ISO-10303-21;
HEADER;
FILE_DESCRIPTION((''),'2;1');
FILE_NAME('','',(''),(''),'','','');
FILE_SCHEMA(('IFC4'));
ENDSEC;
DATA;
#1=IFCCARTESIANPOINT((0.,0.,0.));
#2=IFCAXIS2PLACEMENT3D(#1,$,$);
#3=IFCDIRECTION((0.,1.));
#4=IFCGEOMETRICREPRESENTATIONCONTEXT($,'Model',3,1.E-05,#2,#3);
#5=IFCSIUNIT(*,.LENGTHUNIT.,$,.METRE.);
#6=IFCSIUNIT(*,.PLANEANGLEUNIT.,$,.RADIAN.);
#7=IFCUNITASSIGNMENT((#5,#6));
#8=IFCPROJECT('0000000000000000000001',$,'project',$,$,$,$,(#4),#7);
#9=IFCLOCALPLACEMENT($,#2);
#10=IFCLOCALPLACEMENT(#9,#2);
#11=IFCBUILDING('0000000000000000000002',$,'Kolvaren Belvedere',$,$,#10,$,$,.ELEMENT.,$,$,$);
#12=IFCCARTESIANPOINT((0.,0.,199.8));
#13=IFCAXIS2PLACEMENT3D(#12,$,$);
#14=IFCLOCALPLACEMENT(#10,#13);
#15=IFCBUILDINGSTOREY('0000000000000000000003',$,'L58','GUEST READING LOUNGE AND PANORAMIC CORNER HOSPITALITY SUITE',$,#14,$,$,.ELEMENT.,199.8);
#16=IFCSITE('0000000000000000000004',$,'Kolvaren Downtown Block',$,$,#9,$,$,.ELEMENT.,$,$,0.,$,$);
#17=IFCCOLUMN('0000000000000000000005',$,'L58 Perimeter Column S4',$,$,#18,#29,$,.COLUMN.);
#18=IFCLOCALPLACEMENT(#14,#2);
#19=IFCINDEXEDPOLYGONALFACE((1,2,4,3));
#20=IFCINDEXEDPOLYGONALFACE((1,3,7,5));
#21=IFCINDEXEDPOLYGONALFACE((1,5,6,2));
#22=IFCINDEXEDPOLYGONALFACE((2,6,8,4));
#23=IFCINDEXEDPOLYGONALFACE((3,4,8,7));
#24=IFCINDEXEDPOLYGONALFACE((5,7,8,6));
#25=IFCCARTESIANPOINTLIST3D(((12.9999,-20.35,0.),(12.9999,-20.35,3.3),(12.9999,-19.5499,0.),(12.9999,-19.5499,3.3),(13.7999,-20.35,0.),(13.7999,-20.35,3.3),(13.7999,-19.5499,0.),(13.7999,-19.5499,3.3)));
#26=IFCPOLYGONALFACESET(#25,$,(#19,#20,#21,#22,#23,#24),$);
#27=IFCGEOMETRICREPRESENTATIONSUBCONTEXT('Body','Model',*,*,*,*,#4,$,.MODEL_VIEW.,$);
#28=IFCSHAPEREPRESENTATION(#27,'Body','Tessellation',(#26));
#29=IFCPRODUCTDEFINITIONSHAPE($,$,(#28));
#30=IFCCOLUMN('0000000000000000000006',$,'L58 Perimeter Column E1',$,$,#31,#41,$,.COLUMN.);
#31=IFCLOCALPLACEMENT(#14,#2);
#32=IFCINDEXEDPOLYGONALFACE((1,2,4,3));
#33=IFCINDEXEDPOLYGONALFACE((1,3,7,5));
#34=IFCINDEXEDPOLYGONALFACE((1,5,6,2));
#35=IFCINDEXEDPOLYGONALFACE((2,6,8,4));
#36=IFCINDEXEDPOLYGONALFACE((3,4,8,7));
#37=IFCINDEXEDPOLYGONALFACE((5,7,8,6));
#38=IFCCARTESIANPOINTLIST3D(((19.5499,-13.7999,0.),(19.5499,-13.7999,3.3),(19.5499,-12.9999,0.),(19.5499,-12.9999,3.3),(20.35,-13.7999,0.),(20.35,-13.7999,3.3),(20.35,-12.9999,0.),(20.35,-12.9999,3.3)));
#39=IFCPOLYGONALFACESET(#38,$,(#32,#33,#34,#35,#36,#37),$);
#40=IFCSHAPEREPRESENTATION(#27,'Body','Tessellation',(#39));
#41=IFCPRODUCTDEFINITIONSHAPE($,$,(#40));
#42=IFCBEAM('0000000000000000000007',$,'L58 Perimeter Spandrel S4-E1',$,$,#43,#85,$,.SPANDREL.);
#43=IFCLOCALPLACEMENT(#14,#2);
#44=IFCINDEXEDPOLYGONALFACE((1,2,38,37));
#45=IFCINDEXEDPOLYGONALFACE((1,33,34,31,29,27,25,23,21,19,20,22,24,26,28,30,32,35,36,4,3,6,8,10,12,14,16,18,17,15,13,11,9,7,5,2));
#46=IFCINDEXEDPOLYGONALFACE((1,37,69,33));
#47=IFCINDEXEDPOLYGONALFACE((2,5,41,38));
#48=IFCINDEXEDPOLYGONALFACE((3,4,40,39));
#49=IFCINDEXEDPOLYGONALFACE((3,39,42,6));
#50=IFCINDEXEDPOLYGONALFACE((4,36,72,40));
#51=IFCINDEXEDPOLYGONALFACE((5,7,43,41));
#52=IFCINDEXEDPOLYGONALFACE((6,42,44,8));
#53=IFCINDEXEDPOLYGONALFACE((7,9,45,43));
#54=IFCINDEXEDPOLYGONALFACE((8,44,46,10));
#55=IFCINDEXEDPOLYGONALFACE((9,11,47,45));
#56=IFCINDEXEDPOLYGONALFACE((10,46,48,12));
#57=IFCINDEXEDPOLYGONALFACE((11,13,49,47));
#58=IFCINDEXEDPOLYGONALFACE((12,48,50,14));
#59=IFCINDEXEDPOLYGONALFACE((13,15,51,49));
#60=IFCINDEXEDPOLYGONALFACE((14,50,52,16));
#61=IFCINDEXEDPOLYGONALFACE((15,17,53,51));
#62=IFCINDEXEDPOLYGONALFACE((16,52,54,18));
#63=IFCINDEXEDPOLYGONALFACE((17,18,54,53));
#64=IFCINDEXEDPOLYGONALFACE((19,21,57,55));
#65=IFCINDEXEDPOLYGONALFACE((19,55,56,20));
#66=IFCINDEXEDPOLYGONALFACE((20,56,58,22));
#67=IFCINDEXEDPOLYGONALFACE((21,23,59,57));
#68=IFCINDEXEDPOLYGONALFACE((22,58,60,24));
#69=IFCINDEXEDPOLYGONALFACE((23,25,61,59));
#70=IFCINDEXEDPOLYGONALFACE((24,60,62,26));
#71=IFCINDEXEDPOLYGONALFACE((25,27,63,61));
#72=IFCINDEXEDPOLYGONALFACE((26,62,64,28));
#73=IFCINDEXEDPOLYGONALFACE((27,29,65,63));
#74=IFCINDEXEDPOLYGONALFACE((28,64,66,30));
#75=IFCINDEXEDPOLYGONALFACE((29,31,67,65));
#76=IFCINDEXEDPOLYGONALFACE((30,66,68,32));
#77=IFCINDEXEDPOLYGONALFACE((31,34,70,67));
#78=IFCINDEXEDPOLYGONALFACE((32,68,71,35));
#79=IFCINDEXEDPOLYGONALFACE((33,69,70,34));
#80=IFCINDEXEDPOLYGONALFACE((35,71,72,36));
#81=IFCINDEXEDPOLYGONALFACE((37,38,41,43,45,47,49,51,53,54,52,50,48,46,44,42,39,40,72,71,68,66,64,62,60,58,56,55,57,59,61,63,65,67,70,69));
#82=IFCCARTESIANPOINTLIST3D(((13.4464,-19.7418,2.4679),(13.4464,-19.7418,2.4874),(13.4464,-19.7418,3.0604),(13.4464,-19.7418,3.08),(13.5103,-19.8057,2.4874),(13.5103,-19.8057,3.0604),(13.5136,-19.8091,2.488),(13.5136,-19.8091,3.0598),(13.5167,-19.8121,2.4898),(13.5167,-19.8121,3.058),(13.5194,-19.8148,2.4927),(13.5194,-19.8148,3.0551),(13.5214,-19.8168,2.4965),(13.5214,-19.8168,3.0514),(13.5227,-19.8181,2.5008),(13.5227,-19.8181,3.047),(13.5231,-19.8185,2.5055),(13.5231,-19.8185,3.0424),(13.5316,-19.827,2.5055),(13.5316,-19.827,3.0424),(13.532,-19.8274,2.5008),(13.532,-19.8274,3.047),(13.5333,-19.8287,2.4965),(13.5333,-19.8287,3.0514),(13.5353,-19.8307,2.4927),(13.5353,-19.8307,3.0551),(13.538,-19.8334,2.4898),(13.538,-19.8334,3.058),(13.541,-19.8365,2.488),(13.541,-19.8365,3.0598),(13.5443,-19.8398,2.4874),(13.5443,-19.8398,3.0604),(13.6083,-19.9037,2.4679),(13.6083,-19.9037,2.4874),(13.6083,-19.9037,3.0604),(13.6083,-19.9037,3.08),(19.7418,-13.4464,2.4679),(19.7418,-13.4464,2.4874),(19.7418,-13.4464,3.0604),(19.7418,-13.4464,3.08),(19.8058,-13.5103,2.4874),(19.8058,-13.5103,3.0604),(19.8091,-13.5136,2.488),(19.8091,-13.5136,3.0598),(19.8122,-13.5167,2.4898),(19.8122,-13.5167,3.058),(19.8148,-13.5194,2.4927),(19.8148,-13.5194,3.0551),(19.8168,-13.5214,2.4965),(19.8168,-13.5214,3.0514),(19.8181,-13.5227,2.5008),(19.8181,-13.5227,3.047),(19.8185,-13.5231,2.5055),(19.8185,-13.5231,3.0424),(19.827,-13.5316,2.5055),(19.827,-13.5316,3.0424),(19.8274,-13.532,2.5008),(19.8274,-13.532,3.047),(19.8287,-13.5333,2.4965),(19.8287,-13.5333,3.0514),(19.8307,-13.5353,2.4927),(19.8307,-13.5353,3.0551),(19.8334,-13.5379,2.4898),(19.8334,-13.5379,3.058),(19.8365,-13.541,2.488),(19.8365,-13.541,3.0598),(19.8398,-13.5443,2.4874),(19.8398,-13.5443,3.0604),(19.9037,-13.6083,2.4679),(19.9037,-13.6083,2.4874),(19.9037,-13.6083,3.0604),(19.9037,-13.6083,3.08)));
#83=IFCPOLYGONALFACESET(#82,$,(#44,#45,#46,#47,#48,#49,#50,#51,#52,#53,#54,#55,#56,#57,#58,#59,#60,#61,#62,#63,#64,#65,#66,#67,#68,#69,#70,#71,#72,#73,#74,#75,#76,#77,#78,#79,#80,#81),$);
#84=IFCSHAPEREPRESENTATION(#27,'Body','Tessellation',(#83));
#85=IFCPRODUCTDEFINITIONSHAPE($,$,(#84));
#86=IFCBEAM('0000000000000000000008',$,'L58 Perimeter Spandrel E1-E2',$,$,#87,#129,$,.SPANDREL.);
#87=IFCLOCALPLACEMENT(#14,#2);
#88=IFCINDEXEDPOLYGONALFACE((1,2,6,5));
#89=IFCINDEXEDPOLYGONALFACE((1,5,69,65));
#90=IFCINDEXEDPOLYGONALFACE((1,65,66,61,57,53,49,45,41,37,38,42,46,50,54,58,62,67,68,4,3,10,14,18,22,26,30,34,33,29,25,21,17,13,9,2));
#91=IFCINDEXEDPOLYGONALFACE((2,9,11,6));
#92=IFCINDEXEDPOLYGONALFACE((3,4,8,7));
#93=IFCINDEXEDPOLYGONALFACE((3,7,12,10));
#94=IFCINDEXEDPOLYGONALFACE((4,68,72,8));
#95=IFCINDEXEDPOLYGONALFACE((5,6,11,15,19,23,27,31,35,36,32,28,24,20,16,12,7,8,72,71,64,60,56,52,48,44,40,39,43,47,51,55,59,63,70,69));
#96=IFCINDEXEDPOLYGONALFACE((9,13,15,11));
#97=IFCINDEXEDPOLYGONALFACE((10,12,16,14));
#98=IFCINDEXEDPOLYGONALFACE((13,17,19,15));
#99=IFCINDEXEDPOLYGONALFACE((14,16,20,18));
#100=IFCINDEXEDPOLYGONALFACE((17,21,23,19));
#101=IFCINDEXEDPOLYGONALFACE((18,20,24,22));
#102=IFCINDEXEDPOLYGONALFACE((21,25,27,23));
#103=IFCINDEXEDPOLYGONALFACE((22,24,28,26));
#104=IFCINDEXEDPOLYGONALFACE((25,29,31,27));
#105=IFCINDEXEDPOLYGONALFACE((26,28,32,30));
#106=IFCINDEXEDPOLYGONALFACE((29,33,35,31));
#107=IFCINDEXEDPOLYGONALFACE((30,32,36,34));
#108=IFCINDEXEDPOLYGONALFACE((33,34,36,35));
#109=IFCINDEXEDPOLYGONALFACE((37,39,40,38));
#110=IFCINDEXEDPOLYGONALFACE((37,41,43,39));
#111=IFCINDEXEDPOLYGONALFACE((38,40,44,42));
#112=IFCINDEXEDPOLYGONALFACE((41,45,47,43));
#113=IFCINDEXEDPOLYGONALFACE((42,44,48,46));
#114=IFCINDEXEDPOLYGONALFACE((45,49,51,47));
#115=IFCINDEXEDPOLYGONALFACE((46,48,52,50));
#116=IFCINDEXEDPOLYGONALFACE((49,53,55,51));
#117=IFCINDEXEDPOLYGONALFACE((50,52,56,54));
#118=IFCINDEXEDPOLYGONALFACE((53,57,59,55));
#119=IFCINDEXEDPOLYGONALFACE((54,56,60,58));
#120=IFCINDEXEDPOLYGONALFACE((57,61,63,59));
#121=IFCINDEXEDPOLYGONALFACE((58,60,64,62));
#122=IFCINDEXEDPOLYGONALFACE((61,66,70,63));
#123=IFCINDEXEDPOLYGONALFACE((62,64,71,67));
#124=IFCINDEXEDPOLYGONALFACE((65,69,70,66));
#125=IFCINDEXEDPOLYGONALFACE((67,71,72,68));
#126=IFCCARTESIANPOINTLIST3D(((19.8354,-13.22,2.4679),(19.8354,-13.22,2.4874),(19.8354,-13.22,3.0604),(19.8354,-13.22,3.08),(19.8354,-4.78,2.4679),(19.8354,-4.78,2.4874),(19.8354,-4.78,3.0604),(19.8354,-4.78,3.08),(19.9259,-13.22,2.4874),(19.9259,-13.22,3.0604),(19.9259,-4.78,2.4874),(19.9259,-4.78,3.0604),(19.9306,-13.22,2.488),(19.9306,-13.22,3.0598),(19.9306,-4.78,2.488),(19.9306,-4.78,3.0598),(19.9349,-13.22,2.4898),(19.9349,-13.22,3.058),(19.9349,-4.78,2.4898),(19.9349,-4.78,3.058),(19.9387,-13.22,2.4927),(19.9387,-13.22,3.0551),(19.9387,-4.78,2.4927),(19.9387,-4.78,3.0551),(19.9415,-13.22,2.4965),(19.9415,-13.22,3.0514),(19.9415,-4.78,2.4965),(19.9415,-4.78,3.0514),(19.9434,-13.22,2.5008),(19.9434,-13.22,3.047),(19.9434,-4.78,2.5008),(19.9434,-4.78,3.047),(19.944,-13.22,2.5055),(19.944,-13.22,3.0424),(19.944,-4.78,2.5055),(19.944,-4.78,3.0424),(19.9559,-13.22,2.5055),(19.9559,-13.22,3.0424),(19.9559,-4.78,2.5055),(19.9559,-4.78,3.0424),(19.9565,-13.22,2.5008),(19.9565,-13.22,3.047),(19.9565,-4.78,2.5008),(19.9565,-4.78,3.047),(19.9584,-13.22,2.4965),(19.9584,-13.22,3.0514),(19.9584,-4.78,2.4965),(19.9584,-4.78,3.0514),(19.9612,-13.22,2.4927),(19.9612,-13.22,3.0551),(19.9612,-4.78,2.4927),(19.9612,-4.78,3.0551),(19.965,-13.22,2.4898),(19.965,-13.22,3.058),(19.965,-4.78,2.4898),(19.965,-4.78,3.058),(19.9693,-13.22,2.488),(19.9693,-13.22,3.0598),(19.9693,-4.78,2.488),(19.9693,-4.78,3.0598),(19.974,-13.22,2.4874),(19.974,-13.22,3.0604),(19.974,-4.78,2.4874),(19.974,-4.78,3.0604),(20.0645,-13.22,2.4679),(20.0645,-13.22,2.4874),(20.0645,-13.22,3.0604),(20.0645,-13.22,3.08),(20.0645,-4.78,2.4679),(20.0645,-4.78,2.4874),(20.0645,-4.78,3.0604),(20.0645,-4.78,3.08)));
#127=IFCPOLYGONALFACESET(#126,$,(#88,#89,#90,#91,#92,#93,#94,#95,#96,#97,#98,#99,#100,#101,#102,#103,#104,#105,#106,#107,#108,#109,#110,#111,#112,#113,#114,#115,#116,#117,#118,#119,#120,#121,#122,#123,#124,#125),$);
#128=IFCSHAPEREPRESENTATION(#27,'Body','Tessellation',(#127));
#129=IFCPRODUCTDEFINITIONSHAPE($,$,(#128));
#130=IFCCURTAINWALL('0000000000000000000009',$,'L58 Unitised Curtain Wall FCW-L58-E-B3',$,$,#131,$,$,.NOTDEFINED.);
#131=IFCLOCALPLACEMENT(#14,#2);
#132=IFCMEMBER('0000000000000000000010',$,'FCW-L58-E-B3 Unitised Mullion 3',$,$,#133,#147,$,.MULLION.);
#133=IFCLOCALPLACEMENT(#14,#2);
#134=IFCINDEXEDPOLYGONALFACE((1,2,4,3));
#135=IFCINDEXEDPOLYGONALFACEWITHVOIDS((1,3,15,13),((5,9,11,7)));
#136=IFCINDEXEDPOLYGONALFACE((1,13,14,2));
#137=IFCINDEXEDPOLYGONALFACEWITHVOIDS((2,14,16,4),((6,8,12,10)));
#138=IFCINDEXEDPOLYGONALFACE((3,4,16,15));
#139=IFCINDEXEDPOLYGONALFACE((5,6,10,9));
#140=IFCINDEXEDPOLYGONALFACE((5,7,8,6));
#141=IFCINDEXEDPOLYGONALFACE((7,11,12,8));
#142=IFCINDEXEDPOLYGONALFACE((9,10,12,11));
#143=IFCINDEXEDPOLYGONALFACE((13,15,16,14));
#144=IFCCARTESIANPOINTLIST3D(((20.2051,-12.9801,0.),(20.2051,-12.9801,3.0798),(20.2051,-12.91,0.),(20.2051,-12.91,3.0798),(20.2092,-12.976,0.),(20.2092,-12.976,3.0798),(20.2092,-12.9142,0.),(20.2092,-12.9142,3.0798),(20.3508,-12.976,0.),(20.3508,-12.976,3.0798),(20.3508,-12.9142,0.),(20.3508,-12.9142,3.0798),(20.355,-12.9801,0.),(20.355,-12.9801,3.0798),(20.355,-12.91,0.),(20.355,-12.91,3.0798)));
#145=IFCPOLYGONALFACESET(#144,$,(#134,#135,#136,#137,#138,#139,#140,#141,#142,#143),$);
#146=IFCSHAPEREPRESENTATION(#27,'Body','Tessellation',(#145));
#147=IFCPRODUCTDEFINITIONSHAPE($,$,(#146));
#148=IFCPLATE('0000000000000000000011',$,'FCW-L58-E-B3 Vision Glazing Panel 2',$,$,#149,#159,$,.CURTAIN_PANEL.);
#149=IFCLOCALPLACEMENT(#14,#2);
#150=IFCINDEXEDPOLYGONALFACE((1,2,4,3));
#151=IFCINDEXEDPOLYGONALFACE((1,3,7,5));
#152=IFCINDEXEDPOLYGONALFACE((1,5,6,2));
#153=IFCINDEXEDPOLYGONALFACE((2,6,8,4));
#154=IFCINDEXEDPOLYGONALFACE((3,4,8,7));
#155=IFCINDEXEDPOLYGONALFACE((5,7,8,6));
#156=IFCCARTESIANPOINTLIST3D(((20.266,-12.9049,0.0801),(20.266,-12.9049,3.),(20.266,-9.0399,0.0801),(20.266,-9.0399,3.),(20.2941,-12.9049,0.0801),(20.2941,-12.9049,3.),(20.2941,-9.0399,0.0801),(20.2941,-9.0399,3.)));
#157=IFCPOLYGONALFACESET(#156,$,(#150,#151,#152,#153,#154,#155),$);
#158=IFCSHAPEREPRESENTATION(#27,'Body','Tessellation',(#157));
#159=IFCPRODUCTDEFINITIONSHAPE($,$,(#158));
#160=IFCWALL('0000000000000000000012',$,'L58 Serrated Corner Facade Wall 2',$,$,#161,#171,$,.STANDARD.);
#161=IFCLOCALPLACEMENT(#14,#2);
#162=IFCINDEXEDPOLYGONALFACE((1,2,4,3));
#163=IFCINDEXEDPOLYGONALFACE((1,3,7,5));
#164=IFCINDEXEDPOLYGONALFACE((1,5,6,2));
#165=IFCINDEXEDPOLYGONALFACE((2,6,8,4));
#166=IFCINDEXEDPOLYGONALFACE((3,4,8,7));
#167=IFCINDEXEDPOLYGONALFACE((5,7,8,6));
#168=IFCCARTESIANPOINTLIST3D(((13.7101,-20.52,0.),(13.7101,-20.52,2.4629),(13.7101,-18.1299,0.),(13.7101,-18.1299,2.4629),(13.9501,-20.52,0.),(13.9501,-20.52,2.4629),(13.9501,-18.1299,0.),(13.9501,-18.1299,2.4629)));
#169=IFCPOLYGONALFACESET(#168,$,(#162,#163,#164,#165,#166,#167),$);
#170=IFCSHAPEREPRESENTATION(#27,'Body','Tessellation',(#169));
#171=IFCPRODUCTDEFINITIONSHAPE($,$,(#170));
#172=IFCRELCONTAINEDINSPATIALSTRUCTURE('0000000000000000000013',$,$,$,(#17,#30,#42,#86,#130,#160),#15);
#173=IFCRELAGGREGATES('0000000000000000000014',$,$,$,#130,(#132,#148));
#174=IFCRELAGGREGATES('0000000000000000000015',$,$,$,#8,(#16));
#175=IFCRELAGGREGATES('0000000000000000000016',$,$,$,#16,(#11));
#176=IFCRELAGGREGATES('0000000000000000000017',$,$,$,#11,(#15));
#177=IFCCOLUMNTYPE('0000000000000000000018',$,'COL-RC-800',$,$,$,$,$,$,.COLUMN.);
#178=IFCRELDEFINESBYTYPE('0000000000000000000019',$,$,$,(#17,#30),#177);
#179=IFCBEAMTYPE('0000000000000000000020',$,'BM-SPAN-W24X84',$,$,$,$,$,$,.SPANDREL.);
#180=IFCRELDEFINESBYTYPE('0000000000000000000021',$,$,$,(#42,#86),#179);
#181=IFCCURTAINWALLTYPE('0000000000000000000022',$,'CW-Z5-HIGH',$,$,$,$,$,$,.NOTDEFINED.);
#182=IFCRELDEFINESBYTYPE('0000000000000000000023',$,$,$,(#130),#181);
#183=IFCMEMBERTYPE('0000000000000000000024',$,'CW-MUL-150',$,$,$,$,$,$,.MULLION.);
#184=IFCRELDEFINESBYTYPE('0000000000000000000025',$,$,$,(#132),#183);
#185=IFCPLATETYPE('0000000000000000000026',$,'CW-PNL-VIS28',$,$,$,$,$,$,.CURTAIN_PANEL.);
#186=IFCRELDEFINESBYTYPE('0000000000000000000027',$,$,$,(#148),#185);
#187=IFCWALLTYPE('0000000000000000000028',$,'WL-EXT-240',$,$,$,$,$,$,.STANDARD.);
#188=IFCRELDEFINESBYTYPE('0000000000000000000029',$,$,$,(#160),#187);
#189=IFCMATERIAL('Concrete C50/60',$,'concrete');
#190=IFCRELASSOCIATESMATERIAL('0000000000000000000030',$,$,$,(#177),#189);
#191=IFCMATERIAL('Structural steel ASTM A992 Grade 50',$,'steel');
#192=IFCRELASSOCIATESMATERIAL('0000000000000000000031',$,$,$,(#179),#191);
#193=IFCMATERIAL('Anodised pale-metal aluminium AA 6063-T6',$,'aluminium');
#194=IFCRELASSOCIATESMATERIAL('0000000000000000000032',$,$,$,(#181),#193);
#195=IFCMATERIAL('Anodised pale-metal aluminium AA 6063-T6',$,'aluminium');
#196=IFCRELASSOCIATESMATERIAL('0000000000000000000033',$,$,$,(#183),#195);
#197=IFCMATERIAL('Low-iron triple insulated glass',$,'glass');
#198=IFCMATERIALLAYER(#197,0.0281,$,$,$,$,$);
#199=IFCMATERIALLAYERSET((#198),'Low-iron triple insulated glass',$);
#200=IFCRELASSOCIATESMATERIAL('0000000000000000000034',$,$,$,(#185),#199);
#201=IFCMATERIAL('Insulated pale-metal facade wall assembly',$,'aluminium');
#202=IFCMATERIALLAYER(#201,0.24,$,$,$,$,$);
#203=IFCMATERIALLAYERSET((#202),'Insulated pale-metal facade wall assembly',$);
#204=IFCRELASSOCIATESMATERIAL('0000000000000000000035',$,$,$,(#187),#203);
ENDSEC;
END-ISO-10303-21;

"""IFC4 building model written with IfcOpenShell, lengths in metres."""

from ifc_helpers import new_model, si_unit, direction, frame, frame_2d, origin, origin_2d, place, context, subcontext, project, spatial, rectangle, hollow_rectangle, i_section, extrude, material, layer, layer_set, material_profile, profile_set, type_object, element, aggregate, save


model = new_model("IFC4")

# Units and contexts
model_context = context("Model", 3, precision=1e-05, world=origin(), true_north=direction((0.0, 1.0)))
body_context = subcontext(model_context, "Body", "Model", "MODEL_VIEW")
ifc_project = project(units=[si_unit("LENGTHUNIT", "METRE"), si_unit("PLANEANGLEUNIT", "RADIAN")], contexts=[model_context])

# Site, building, storey
site_placement = place(None, origin())
site = spatial("IfcSite", under=ifc_project, at=site_placement, Name="Kolvaren Downtown Block", CompositionType="ELEMENT", RefElevation=0.0)
building_placement = place(site_placement, origin())
building = spatial("IfcBuilding", under=site, at=building_placement, Name="Kolvaren Belvedere", CompositionType="ELEMENT")
storey_placement = place(building_placement, frame((0.0, 0.0, 199.8)))
storey = spatial("IfcBuildingStorey", under=building, at=storey_placement, Name="L58", Description="GUEST READING LOUNGE AND PANORAMIC CORNER HOSPITALITY SUITE", CompositionType="ELEMENT", Elevation=199.8)

# Columns
ifc_material_1 = material(Name="Concrete C50/60", Category="concrete")
ifc_material_profile_1 = material_profile(ifc_material_1, rectangle(XDim=0.8, YDim=0.8, at=origin_2d()), Name="RC 800X800")
ifc_profile_set_1 = profile_set([ifc_material_profile_1], Name="Concrete C50/60")
column_type = type_object("IfcColumnType", Name="COL-RC-800", PredefinedType="COLUMN", material=ifc_profile_set_1)
for number, where, z_axis, x_axis, name in (
    (1, (13.3999, -19.95, 0.0), (0.0, 0.0, 1.0), (1.0, 0.0, 0.0), "L58 Perimeter Column S4"),
    (2, (19.95, -13.3999, 0.0), (0.0, 0.0, 1.0), (1.0, 0.0, 0.0), "L58 Perimeter Column E1"),
):
    element("IfcColumn", number, at=place(storey_placement, frame(where, z_axis=z_axis, x_axis=x_axis)), inside=storey, type_object=column_type, Name=name, PredefinedType="COLUMN", context=body_context, shape_type="SweptSolid", body=[
        extrude(rectangle(XDim=0.8, YDim=0.8, at=origin_2d()), origin(), (0.0, 0.0, 1.0), 3.3),
    ])

# Beams
ifc_material_2 = material(Name="Structural steel ASTM A992 Grade 50", Category="steel")
ifc_material_profile_2 = material_profile(ifc_material_2, i_section(OverallWidth=0.229, OverallDepth=0.6121, WebThickness=0.012, FlangeThickness=0.0195, FilletRadius=0.0181, at=origin_2d()), Name="W24X84")
ifc_profile_set_2 = profile_set([ifc_material_profile_2], Name="Structural steel ASTM A992 Grade 50")
beam_type = type_object("IfcBeamType", Name="BM-SPAN-W24X84", PredefinedType="SPANDREL", material=ifc_profile_set_2)
beam_1_placement = place(storey_placement, frame((13.5273, -19.8228, 2.7739), z_axis=(0.707107, 0.707107, 0.0), x_axis=(-0.707107, 0.707107, 0.0)))
element("IfcBeam", 3, at=beam_1_placement, inside=storey, type_object=beam_type, Name="L58 Perimeter Spandrel S4-E1", PredefinedType="SPANDREL", context=body_context, shape_type="SweptSolid", body=[
    extrude(i_section(OverallWidth=0.229, OverallDepth=0.6121, WebThickness=0.012, FlangeThickness=0.0195, FilletRadius=0.0181, at=origin_2d()), origin(), (0.0, 0.0, 1.0), 8.9031),
])
beam_2_placement = place(storey_placement, frame((19.95, -13.22, 2.7739), z_axis=(0.0, 1.0, 0.0), x_axis=(-1.0, 0.0, 0.0)))
element("IfcBeam", 4, at=beam_2_placement, inside=storey, type_object=beam_type, Name="L58 Perimeter Spandrel E1-E2", PredefinedType="SPANDREL", context=body_context, shape_type="SweptSolid", body=[
    extrude(i_section(OverallWidth=0.229, OverallDepth=0.6121, WebThickness=0.012, FlangeThickness=0.0195, FilletRadius=0.0181, at=origin_2d()), origin(), (0.0, 0.0, 1.0), 8.4399),
])

# Curtain wall, member, plate
ifc_material_3 = material(Name="Anodised pale-metal aluminium AA 6063-T6", Category="aluminium")
curtain_wall_type = type_object("IfcCurtainWallType", Name="CW-Z5-HIGH", PredefinedType="NOTDEFINED", material=ifc_material_3)
curtain_wall_placement = place(storey_placement, origin())
curtain_wall = element("IfcCurtainWall", 5, at=curtain_wall_placement, inside=storey, type_object=curtain_wall_type, Name="L58 Unitised Curtain Wall FCW-L58-E-B3", PredefinedType="NOTDEFINED")
ifc_material_4 = material(Name="Anodised pale-metal aluminium AA 6063-T6", Category="aluminium")
ifc_material_profile_3 = material_profile(ifc_material_4, hollow_rectangle(XDim=0.0701, YDim=0.1499, WallThickness=0.0042, at=origin_2d()), Name="ALU-MUL-150X70")
ifc_profile_set_3 = profile_set([ifc_material_profile_3], Name="Anodised pale-metal aluminium AA 6063-T6")
member_type = type_object("IfcMemberType", Name="CW-MUL-150", PredefinedType="MULLION", material=ifc_profile_set_3)
member_placement = place(storey_placement, frame((20.28, -12.9451, 0.0), z_axis=(0.0, 0.0, 1.0), x_axis=(0.0, 1.0, 0.0)))
member = element("IfcMember", 6, at=member_placement, type_object=member_type, Name="FCW-L58-E-B3 Unitised Mullion 3", PredefinedType="MULLION", context=body_context, shape_type="SweptSolid", body=[
    extrude(hollow_rectangle(XDim=0.0701, YDim=0.1499, WallThickness=0.0042, at=origin_2d()), origin(), (0.0, 0.0, 1.0), 3.0798),
])
ifc_material_5 = material(Name="Low-iron triple insulated glass", Category="glass")
ifc_layer_1 = layer(ifc_material_5, 0.0281)
ifc_layer_set_1 = layer_set([ifc_layer_1], Name="Low-iron triple insulated glass")
plate_type = type_object("IfcPlateType", Name="CW-PNL-VIS28", PredefinedType="CURTAIN_PANEL", material=ifc_layer_set_1)
plate_placement = place(storey_placement, frame((20.28, -10.9724, 0.0801), z_axis=(0.0, 0.0, 1.0), x_axis=(0.0, -1.0, 0.0)))
plate = element("IfcPlate", 7, at=plate_placement, type_object=plate_type, Name="FCW-L58-E-B3 Vision Glazing Panel 2", PredefinedType="CURTAIN_PANEL", context=body_context, shape_type="SweptSolid", body=[
    extrude(rectangle(XDim=3.865, YDim=0.0281, at=origin_2d()), origin(), (0.0, 0.0, 1.0), 2.9199),
])
aggregate(curtain_wall, [member, plate])

# Wall
ifc_material_6 = material(Name="Insulated pale-metal facade wall assembly", Category="aluminium")
ifc_layer_2 = layer(ifc_material_6, 0.24)
ifc_layer_set_2 = layer_set([ifc_layer_2], Name="Insulated pale-metal facade wall assembly")
wall_type = type_object("IfcWallType", Name="WL-EXT-240", PredefinedType="STANDARD", material=ifc_layer_set_2)
wall_1_placement = place(storey_placement, frame((13.8301, -18.1299, 0.0), z_axis=(0.0, 0.0, 1.0), x_axis=(0.0, -1.0, 0.0)))
element("IfcWall", 8, at=wall_1_placement, inside=storey, type_object=wall_type, Name="L58 Serrated Corner Facade Wall 2", PredefinedType="STANDARD", context=body_context, shape_type="SweptSolid", body=[
    extrude(rectangle(XDim=2.3901, YDim=0.24, at=frame_2d((1.1951, 0.0))), origin(), (0.0, 0.0, 1.0), 2.4629),
])

save(model, "model.ifc")
